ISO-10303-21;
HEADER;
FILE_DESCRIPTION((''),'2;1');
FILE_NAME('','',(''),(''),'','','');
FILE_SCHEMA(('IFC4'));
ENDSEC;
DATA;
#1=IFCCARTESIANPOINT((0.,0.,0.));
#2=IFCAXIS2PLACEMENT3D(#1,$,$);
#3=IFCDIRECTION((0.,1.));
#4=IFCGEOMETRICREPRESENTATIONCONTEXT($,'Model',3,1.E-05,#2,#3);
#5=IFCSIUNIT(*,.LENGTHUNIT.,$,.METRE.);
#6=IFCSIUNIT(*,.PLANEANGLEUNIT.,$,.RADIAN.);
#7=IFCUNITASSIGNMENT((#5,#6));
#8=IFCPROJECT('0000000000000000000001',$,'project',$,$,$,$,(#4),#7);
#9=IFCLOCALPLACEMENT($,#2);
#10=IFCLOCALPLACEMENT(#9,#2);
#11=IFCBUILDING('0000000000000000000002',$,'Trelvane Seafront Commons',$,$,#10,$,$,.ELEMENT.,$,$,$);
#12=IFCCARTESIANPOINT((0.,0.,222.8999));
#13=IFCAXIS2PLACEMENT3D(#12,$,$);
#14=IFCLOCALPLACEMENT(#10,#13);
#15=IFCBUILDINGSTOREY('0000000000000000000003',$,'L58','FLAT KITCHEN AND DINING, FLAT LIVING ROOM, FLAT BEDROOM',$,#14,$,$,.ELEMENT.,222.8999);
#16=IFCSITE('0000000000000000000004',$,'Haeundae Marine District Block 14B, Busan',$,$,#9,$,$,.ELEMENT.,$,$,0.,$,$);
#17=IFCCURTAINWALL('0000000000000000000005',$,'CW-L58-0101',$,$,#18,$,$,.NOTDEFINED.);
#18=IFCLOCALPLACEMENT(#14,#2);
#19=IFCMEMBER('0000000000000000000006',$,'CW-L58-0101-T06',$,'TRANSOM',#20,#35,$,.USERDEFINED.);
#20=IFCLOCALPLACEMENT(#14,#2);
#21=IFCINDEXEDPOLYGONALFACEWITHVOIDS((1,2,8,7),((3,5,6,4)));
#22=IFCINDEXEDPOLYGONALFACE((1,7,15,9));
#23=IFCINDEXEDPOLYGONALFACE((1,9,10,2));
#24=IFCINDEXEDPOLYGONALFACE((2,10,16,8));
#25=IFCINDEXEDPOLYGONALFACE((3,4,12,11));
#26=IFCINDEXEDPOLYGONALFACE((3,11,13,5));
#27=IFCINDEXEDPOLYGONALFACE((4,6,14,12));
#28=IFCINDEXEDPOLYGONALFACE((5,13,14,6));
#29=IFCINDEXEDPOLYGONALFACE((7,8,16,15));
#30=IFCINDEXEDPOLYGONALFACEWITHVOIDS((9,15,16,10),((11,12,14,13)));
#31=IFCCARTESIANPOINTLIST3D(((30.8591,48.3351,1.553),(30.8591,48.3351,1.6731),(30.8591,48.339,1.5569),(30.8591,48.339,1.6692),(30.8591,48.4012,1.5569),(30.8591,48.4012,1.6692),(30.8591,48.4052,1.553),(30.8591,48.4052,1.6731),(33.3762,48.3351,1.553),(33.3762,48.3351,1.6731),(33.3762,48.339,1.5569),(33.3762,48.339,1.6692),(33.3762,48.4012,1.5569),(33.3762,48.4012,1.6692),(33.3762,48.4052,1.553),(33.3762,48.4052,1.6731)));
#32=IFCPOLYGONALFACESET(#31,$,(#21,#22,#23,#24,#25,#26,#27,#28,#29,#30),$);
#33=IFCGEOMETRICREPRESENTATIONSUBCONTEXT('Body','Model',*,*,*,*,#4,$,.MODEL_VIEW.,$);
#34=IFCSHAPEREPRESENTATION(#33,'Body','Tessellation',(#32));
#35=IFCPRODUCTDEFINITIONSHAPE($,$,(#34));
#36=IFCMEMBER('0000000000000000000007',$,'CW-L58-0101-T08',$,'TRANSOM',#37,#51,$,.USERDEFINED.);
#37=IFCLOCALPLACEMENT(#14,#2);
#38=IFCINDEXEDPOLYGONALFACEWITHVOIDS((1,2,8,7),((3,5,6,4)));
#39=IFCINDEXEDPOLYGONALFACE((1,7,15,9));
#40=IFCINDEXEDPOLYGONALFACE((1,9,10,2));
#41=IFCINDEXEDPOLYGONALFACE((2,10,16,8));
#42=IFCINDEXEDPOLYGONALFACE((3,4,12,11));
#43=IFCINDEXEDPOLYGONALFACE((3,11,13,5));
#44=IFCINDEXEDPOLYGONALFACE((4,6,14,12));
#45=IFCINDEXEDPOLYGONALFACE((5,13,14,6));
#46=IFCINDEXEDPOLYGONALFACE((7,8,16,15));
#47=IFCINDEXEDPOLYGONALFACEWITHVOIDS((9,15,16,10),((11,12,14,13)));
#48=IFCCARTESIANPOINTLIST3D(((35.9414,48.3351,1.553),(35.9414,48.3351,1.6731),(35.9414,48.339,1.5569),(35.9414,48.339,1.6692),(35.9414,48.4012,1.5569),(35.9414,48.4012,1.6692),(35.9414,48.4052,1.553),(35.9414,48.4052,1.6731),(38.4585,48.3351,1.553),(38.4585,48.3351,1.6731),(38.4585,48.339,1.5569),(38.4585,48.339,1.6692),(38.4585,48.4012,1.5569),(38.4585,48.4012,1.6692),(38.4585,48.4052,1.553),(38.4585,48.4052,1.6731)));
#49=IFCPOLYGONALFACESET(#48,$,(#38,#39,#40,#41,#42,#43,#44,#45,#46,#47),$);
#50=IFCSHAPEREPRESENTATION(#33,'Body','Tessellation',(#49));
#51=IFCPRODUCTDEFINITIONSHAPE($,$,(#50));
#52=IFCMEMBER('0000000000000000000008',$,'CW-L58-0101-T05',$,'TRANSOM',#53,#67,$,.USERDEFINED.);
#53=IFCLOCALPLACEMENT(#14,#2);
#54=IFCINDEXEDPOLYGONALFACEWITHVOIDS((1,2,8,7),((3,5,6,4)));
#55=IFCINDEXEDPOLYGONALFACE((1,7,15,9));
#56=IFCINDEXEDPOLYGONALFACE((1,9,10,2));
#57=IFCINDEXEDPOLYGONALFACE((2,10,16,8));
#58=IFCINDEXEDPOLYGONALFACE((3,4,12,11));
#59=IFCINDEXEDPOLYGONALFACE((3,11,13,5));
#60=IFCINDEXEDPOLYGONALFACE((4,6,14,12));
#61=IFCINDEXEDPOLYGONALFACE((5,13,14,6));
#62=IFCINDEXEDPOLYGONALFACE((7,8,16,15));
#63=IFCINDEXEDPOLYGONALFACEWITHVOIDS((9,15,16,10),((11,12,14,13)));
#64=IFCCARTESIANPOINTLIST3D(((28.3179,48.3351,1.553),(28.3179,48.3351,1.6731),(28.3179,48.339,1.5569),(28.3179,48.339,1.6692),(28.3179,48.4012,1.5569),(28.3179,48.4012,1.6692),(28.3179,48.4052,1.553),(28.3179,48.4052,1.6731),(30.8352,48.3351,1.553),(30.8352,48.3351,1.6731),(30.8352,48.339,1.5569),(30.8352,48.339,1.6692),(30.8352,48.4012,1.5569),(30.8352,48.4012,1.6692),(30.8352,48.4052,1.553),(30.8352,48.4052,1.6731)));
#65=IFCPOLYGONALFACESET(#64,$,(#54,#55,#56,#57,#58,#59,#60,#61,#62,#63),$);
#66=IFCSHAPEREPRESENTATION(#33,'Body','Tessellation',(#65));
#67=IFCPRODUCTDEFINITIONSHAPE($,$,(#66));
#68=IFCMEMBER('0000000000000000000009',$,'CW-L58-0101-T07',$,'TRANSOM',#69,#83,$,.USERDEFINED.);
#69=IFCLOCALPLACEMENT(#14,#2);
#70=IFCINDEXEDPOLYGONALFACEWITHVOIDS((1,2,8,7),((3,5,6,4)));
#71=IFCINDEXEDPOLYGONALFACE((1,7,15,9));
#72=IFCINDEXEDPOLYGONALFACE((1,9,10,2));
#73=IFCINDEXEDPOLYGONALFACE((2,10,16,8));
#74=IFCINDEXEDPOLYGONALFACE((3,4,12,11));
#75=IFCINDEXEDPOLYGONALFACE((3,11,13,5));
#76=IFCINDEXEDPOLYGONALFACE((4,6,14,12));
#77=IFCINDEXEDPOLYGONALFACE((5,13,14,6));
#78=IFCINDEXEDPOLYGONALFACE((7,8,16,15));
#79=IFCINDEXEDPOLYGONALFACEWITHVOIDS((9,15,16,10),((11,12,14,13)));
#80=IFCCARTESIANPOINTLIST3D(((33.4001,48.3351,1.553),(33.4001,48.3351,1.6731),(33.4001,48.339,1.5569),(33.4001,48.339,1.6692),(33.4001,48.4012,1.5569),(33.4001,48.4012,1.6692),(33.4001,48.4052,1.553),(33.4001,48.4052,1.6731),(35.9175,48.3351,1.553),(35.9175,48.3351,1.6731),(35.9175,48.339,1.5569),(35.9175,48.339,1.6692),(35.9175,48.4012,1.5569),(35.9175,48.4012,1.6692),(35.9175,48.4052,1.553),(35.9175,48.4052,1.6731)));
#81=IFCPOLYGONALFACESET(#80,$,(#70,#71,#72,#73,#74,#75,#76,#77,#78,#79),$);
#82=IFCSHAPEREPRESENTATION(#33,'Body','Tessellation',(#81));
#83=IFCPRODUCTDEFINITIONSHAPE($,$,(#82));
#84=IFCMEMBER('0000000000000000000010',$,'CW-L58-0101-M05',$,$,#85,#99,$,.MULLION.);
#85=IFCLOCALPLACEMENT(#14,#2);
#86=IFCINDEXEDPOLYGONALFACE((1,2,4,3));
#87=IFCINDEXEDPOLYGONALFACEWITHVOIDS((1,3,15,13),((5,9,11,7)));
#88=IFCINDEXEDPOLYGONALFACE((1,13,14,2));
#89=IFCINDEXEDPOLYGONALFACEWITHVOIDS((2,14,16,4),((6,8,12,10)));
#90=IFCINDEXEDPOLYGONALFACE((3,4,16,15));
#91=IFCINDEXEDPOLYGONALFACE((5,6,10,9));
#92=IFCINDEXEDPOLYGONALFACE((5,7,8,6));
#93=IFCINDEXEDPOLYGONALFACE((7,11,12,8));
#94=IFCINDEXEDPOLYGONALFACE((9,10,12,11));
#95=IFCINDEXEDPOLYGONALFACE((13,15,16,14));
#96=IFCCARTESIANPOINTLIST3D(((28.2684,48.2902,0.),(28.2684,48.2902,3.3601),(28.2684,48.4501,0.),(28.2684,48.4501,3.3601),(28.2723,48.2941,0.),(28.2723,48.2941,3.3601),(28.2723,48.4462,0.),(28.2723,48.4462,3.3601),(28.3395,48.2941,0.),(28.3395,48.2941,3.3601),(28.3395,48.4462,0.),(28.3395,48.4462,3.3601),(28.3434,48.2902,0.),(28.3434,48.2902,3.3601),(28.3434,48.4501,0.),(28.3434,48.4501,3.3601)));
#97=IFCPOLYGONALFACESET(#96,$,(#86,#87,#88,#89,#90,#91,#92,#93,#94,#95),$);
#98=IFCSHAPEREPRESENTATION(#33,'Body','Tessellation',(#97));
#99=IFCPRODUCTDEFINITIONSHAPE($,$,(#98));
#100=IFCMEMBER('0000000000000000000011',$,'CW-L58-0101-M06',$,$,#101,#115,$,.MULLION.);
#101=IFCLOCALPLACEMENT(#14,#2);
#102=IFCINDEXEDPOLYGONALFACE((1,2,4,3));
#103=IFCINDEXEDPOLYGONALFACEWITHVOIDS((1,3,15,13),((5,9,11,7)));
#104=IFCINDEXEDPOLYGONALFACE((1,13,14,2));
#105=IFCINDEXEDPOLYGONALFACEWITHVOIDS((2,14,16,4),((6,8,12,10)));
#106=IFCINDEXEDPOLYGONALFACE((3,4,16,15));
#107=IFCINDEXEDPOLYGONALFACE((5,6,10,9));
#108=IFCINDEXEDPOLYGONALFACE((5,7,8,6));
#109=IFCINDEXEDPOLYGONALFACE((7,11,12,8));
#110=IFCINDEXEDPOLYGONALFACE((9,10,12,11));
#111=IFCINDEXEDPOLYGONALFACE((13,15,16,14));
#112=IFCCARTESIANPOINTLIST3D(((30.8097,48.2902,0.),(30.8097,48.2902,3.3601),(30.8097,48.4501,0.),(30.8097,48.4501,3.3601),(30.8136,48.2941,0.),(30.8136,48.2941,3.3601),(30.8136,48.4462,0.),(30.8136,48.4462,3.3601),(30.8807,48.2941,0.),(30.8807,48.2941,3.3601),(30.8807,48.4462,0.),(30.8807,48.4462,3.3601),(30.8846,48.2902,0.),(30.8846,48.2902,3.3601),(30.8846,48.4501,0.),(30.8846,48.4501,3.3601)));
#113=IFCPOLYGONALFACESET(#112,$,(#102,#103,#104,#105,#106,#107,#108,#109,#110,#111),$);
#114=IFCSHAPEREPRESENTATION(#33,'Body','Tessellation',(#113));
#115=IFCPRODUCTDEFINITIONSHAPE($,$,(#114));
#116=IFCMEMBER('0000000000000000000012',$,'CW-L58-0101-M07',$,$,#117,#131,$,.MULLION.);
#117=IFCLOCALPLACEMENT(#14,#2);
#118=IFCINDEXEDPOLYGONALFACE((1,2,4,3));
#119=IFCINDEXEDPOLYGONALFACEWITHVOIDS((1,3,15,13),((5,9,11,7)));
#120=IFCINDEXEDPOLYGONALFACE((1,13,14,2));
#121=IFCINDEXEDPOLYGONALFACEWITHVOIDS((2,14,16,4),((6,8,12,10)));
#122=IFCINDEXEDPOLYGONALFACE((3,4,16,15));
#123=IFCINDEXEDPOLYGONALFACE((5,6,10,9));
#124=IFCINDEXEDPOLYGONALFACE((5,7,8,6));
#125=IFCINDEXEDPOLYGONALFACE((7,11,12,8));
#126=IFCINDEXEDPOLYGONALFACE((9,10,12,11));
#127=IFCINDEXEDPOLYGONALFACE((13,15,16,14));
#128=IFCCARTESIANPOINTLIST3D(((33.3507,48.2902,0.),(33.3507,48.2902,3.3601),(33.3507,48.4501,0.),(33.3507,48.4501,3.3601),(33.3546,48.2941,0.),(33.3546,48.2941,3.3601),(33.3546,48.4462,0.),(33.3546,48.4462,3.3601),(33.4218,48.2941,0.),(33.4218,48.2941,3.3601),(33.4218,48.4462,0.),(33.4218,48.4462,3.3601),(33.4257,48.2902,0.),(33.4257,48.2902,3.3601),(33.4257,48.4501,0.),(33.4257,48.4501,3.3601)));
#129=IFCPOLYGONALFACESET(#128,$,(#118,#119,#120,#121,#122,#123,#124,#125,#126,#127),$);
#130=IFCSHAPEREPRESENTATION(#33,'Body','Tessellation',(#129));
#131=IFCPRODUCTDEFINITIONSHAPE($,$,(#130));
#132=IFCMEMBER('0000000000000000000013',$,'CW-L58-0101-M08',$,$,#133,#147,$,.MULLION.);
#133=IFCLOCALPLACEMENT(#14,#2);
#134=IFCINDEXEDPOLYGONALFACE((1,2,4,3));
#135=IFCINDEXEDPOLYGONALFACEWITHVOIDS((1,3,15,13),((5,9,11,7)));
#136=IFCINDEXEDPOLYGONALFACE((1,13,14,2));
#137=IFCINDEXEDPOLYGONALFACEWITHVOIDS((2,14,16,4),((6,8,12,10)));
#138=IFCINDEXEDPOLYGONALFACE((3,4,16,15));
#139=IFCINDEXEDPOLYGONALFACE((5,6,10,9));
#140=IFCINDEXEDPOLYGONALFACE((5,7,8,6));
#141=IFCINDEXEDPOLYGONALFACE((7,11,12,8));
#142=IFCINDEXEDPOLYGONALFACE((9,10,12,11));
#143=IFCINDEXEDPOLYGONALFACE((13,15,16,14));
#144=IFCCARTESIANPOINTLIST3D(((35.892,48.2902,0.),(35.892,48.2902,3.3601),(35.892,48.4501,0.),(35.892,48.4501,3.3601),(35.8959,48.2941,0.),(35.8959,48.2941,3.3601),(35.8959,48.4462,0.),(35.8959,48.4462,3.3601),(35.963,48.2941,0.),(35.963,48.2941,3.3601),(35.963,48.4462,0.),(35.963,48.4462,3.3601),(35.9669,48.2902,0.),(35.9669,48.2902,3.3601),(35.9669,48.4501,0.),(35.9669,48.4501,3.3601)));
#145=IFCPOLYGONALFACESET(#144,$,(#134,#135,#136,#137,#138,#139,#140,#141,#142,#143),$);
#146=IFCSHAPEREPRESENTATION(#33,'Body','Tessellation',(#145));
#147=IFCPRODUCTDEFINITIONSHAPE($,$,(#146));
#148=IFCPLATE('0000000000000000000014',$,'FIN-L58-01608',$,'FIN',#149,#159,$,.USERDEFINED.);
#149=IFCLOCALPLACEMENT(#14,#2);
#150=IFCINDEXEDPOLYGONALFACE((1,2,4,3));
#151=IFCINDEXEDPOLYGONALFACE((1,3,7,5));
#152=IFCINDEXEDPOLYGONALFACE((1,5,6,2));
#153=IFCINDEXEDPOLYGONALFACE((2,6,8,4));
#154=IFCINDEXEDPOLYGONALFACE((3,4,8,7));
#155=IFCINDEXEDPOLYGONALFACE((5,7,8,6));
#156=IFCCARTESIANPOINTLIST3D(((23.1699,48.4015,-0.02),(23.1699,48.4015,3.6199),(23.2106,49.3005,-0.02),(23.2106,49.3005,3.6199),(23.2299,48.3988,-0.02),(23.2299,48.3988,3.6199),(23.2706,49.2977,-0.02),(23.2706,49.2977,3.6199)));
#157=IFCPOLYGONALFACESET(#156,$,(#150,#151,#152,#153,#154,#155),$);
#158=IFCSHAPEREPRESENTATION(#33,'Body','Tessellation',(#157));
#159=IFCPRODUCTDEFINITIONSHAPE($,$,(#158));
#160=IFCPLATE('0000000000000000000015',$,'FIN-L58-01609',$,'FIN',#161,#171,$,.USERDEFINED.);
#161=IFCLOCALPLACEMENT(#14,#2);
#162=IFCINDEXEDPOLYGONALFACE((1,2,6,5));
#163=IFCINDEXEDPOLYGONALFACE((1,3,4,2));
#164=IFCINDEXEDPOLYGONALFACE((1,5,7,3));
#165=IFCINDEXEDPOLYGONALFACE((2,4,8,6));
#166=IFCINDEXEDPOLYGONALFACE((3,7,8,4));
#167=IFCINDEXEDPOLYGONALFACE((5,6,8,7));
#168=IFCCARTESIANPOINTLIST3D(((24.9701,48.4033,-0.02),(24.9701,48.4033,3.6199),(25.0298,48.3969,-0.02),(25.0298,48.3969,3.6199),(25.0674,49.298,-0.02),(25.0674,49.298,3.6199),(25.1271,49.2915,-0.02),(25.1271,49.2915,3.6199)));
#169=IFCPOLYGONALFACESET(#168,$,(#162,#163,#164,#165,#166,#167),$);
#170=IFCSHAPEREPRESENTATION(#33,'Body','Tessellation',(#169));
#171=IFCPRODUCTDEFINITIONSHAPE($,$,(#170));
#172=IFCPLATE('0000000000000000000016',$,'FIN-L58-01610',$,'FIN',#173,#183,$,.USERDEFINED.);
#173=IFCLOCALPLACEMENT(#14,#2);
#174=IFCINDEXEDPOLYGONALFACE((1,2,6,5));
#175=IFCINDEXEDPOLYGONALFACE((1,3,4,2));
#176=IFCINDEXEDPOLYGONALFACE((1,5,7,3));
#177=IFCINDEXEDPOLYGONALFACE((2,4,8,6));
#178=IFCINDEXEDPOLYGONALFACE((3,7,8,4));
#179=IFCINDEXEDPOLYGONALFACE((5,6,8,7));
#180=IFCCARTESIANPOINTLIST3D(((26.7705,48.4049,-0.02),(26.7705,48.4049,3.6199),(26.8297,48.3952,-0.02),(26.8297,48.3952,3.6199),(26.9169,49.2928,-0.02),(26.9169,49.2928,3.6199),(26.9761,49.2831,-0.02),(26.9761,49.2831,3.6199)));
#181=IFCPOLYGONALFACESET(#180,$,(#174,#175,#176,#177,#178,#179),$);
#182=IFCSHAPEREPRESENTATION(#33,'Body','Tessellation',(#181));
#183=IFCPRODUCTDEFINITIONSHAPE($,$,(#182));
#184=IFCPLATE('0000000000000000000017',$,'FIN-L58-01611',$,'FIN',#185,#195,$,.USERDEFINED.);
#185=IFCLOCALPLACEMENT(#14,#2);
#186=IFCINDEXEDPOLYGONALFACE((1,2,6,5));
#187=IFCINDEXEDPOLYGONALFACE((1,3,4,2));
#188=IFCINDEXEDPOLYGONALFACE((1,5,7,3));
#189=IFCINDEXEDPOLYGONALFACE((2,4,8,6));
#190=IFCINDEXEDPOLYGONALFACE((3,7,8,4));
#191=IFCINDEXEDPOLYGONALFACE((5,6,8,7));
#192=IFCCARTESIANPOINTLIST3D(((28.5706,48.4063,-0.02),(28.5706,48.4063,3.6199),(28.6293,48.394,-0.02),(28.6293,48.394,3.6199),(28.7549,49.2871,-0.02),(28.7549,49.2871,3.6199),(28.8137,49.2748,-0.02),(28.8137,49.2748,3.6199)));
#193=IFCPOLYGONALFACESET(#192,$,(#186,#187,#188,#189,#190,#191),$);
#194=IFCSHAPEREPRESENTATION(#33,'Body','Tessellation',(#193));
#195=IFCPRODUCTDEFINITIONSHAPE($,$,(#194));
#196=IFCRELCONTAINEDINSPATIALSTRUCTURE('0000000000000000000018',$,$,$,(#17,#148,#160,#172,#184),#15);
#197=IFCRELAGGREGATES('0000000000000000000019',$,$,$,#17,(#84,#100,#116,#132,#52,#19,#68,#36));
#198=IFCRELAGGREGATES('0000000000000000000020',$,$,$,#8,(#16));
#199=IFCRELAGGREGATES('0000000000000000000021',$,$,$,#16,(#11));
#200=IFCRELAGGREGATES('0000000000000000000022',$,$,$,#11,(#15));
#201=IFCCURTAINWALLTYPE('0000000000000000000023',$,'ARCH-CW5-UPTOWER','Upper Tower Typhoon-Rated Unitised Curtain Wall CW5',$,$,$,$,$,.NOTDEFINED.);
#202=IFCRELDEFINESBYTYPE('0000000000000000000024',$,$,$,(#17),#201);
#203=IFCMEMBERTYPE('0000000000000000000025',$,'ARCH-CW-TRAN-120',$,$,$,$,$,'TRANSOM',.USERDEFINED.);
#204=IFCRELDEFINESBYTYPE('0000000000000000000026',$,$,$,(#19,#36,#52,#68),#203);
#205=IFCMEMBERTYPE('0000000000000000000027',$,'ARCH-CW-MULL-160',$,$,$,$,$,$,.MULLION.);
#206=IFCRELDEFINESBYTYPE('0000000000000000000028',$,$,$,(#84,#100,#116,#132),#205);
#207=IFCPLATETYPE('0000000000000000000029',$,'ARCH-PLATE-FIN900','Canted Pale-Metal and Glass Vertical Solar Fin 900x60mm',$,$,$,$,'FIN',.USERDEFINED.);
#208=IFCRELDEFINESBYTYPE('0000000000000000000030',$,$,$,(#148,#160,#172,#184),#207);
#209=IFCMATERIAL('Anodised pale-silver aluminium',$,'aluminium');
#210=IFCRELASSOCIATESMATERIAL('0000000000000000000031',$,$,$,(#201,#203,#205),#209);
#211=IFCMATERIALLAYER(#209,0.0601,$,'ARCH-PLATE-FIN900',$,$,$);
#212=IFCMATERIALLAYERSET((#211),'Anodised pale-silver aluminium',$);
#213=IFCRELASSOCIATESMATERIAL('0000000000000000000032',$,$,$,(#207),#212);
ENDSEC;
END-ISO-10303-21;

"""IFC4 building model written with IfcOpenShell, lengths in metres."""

from ifc_helpers import new_model, si_unit, direction, frame, origin, origin_2d, place, context, subcontext, project, spatial, rectangle, hollow_rectangle, extrude, source, transform, mapped, material, layer, layer_set, material_profile, profile_set, type_object, element, aggregate, save


model = new_model("IFC4")

# Units and contexts
model_context = context("Model", 3, precision=1e-05, world=origin(), true_north=direction((0.0, 1.0)))
body_context = subcontext(model_context, "Body", "Model", "MODEL_VIEW")
ifc_project = project(units=[si_unit("LENGTHUNIT", "METRE"), si_unit("PLANEANGLEUNIT", "RADIAN")], contexts=[model_context])

# Site, building, storey
site_placement = place(None, origin())
site = spatial("IfcSite", under=ifc_project, at=site_placement, Name="Haeundae Marine District Block 14B, Busan", CompositionType="ELEMENT", RefElevation=0.0)
building_placement = place(site_placement, origin())
building = spatial("IfcBuilding", under=site, at=building_placement, Name="Trelvane Seafront Commons", CompositionType="ELEMENT")
storey_placement = place(building_placement, frame((0.0, 0.0, 222.8999)))
storey = spatial("IfcBuildingStorey", under=building, at=storey_placement, Name="L58", Description="FLAT KITCHEN AND DINING, FLAT LIVING ROOM, FLAT BEDROOM", CompositionType="ELEMENT", Elevation=222.8999)

# Curtain wall, members
ifc_material_1 = material(Name="Anodised pale-silver aluminium", Category="aluminium")
curtain_wall_type = type_object("IfcCurtainWallType", Name="ARCH-CW5-UPTOWER", Description="Upper Tower Typhoon-Rated Unitised Curtain Wall CW5", PredefinedType="NOTDEFINED", material=ifc_material_1)
curtain_wall_placement = place(storey_placement, origin())
curtain_wall = element("IfcCurtainWall", 1, at=curtain_wall_placement, inside=storey, type_object=curtain_wall_type, Name="CW-L58-0101", PredefinedType="NOTDEFINED")
ifc_material_profile_1 = material_profile(ifc_material_1, hollow_rectangle(XDim=0.0701, YDim=0.1201, WallThickness=0.0039, at=origin_2d()), Name="TRAN-70x120x4")
ifc_profile_set_1 = profile_set([ifc_material_profile_1], Name="Anodised pale-silver aluminium")
member_type_1 = type_object("IfcMemberType", Name="ARCH-CW-TRAN-120", ElementType="TRANSOM", PredefinedType="USERDEFINED", material=ifc_profile_set_1)
shared_shape_1 = source(origin(), body_context, "Body", "SweptSolid", [
    extrude(hollow_rectangle(XDim=0.0701, YDim=0.1201, WallThickness=0.0039, at=origin_2d()), origin(), (0.0, 0.0, 1.0), 2.5171),
])
member_1_placement = place(storey_placement, frame((30.8591, 48.3701, 1.613), z_axis=(1.0, 0.0, 0.0), x_axis=(0.0, 1.0, 0.0)))
member_1 = element("IfcMember", 2, at=member_1_placement, type_object=member_type_1, Name="CW-L58-0101-T06", ObjectType="TRANSOM", PredefinedType="USERDEFINED", context=body_context, shape_type="MappedRepresentation", body=[
    mapped(shared_shape_1, transform((0.0, 0.0, 0.0), x_axis=(1.0, 0.0, 0.0), y_axis=(0.0, 1.0, 0.0), z_axis=(0.0, 0.0, 1.0), scale=1.0)),
])
member_2_placement = place(storey_placement, frame((35.9414, 48.3701, 1.613), z_axis=(1.0, 0.0, 0.0), x_axis=(0.0, 1.0, 0.0)))
member_2 = element("IfcMember", 3, at=member_2_placement, type_object=member_type_1, Name="CW-L58-0101-T08", ObjectType="TRANSOM", PredefinedType="USERDEFINED", context=body_context, shape_type="MappedRepresentation", body=[
    mapped(shared_shape_1, transform((0.0, 0.0, 0.0), x_axis=(1.0, 0.0, 0.0), y_axis=(0.0, 1.0, 0.0), z_axis=(0.0, 0.0, 1.0), scale=1.0)),
])
shared_shape_2 = source(origin(), body_context, "Body", "SweptSolid", [
    extrude(hollow_rectangle(XDim=0.0701, YDim=0.1201, WallThickness=0.0039, at=origin_2d()), origin(), (0.0, 0.0, 1.0), 2.5173),
])
member_3_placement = place(storey_placement, frame((28.3179, 48.3701, 1.613), z_axis=(1.0, 0.0, 0.0), x_axis=(0.0, 1.0, 0.0)))
member_3 = element("IfcMember", 4, at=member_3_placement, type_object=member_type_1, Name="CW-L58-0101-T05", ObjectType="TRANSOM", PredefinedType="USERDEFINED", context=body_context, shape_type="MappedRepresentation", body=[
    mapped(shared_shape_2, transform((0.0, 0.0, 0.0), x_axis=(1.0, 0.0, 0.0), y_axis=(0.0, 1.0, 0.0), z_axis=(0.0, 0.0, 1.0), scale=1.0)),
])
member_4_placement = place(storey_placement, frame((33.4001, 48.3701, 1.613), z_axis=(1.0, 0.0, 0.0), x_axis=(0.0, 1.0, 0.0)))
member_4 = element("IfcMember", 5, at=member_4_placement, type_object=member_type_1, Name="CW-L58-0101-T07", ObjectType="TRANSOM", PredefinedType="USERDEFINED", context=body_context, shape_type="MappedRepresentation", body=[
    mapped(shared_shape_2, transform((0.0, 0.0, 0.0), x_axis=(1.0, 0.0, 0.0), y_axis=(0.0, 1.0, 0.0), z_axis=(0.0, 0.0, 1.0), scale=1.0)),
])
ifc_material_profile_2 = material_profile(ifc_material_1, hollow_rectangle(XDim=0.075, YDim=0.1599, WallThickness=0.0039, at=origin_2d()), Name="MULL-75x160x4")
ifc_profile_set_2 = profile_set([ifc_material_profile_2], Name="Anodised pale-silver aluminium")
member_type_2 = type_object("IfcMemberType", Name="ARCH-CW-MULL-160", PredefinedType="MULLION", material=ifc_profile_set_2)
shared_shape_3 = source(origin(), body_context, "Body", "SweptSolid", [
    extrude(hollow_rectangle(XDim=0.075, YDim=0.1599, WallThickness=0.0039, at=origin_2d()), origin(), (0.0, 0.0, 1.0), 3.3601),
])
member_5_placement = place(storey_placement, frame((28.3059, 48.3701, 0.0), z_axis=(0.0, 0.0, 1.0), x_axis=(1.0, 0.0, 0.0)))
member_5 = element("IfcMember", 6, at=member_5_placement, type_object=member_type_2, Name="CW-L58-0101-M05", PredefinedType="MULLION", context=body_context, shape_type="MappedRepresentation", body=[
    mapped(shared_shape_3, transform((0.0, 0.0, 0.0), x_axis=(1.0, 0.0, 0.0), y_axis=(0.0, 1.0, 0.0), z_axis=(0.0, 0.0, 1.0), scale=1.0)),
])
member_6_placement = place(storey_placement, frame((30.8472, 48.3701, 0.0), z_axis=(0.0, 0.0, 1.0), x_axis=(1.0, 0.0, 0.0)))
member_6 = element("IfcMember", 7, at=member_6_placement, type_object=member_type_2, Name="CW-L58-0101-M06", PredefinedType="MULLION", context=body_context, shape_type="MappedRepresentation", body=[
    mapped(shared_shape_3, transform((0.0, 0.0, 0.0), x_axis=(1.0, 0.0, 0.0), y_axis=(0.0, 1.0, 0.0), z_axis=(0.0, 0.0, 1.0), scale=1.0)),
])
member_7_placement = place(storey_placement, frame((33.3882, 48.3701, 0.0), z_axis=(0.0, 0.0, 1.0), x_axis=(1.0, 0.0, 0.0)))
member_7 = element("IfcMember", 8, at=member_7_placement, type_object=member_type_2, Name="CW-L58-0101-M07", PredefinedType="MULLION", context=body_context, shape_type="MappedRepresentation", body=[
    mapped(shared_shape_3, transform((0.0, 0.0, 0.0), x_axis=(1.0, 0.0, 0.0), y_axis=(0.0, 1.0, 0.0), z_axis=(0.0, 0.0, 1.0), scale=1.0)),
])
member_8_placement = place(storey_placement, frame((35.9294, 48.3701, 0.0), z_axis=(0.0, 0.0, 1.0), x_axis=(1.0, 0.0, 0.0)))
member_8 = element("IfcMember", 9, at=member_8_placement, type_object=member_type_2, Name="CW-L58-0101-M08", PredefinedType="MULLION", context=body_context, shape_type="MappedRepresentation", body=[
    mapped(shared_shape_3, transform((0.0, 0.0, 0.0), x_axis=(1.0, 0.0, 0.0), y_axis=(0.0, 1.0, 0.0), z_axis=(0.0, 0.0, 1.0), scale=1.0)),
])

# Plates
ifc_layer_1 = layer(ifc_material_1, 0.0601, Name="ARCH-PLATE-FIN900")
ifc_layer_set_1 = layer_set([ifc_layer_1], Name="Anodised pale-silver aluminium")
plate_type_1 = type_object("IfcPlateType", Name="ARCH-PLATE-FIN900", Description="Canted Pale-Metal and Glass Vertical Solar Fin 900x60mm", ElementType="FIN", PredefinedType="USERDEFINED", material=ifc_layer_set_1)
shared_shape_4 = source(origin(), body_context, "Body", "SweptSolid", [
    extrude(rectangle(XDim=0.8999, YDim=0.0601, at=origin_2d()), origin(), (0.0, 0.0, 1.0), 3.6399),
])
for number, where, z_axis, x_axis, name in (
    (10, (23.2202, 48.8496, -0.02), (0.0, 0.0, 1.0), (0.045222, 0.998977, 0.0), "FIN-L58-01608"),
    (11, (25.0486, 48.8474, -0.02), (0.0, 0.0, 1.0), (0.108114, 0.994139, 0.0), "FIN-L58-01609"),
    (12, (26.8733, 48.844, -0.02), (0.0, 0.0, 1.0), (0.162668, 0.986681, 0.0), "FIN-L58-01610"),
    (13, (28.6921, 48.8406, -0.02), (0.0, 0.0, 1.0), (0.204891, 0.978785, 0.0), "FIN-L58-01611"),
):
    element("IfcPlate", number, at=place(storey_placement, frame(where, z_axis=z_axis, x_axis=x_axis)), inside=storey, type_object=plate_type_1, Name=name, ObjectType="FIN", PredefinedType="USERDEFINED", context=body_context, shape_type="MappedRepresentation", body=[
        mapped(shared_shape_4, transform((0.0, 0.0, 0.0), x_axis=(1.0, 0.0, 0.0), y_axis=(0.0, 1.0, 0.0), z_axis=(0.0, 0.0, 1.0), scale=1.0)),
    ])

aggregate(curtain_wall, [member_5, member_6, member_7, member_8, member_3, member_1, member_4, member_2])

save(model, "model.ifc")
